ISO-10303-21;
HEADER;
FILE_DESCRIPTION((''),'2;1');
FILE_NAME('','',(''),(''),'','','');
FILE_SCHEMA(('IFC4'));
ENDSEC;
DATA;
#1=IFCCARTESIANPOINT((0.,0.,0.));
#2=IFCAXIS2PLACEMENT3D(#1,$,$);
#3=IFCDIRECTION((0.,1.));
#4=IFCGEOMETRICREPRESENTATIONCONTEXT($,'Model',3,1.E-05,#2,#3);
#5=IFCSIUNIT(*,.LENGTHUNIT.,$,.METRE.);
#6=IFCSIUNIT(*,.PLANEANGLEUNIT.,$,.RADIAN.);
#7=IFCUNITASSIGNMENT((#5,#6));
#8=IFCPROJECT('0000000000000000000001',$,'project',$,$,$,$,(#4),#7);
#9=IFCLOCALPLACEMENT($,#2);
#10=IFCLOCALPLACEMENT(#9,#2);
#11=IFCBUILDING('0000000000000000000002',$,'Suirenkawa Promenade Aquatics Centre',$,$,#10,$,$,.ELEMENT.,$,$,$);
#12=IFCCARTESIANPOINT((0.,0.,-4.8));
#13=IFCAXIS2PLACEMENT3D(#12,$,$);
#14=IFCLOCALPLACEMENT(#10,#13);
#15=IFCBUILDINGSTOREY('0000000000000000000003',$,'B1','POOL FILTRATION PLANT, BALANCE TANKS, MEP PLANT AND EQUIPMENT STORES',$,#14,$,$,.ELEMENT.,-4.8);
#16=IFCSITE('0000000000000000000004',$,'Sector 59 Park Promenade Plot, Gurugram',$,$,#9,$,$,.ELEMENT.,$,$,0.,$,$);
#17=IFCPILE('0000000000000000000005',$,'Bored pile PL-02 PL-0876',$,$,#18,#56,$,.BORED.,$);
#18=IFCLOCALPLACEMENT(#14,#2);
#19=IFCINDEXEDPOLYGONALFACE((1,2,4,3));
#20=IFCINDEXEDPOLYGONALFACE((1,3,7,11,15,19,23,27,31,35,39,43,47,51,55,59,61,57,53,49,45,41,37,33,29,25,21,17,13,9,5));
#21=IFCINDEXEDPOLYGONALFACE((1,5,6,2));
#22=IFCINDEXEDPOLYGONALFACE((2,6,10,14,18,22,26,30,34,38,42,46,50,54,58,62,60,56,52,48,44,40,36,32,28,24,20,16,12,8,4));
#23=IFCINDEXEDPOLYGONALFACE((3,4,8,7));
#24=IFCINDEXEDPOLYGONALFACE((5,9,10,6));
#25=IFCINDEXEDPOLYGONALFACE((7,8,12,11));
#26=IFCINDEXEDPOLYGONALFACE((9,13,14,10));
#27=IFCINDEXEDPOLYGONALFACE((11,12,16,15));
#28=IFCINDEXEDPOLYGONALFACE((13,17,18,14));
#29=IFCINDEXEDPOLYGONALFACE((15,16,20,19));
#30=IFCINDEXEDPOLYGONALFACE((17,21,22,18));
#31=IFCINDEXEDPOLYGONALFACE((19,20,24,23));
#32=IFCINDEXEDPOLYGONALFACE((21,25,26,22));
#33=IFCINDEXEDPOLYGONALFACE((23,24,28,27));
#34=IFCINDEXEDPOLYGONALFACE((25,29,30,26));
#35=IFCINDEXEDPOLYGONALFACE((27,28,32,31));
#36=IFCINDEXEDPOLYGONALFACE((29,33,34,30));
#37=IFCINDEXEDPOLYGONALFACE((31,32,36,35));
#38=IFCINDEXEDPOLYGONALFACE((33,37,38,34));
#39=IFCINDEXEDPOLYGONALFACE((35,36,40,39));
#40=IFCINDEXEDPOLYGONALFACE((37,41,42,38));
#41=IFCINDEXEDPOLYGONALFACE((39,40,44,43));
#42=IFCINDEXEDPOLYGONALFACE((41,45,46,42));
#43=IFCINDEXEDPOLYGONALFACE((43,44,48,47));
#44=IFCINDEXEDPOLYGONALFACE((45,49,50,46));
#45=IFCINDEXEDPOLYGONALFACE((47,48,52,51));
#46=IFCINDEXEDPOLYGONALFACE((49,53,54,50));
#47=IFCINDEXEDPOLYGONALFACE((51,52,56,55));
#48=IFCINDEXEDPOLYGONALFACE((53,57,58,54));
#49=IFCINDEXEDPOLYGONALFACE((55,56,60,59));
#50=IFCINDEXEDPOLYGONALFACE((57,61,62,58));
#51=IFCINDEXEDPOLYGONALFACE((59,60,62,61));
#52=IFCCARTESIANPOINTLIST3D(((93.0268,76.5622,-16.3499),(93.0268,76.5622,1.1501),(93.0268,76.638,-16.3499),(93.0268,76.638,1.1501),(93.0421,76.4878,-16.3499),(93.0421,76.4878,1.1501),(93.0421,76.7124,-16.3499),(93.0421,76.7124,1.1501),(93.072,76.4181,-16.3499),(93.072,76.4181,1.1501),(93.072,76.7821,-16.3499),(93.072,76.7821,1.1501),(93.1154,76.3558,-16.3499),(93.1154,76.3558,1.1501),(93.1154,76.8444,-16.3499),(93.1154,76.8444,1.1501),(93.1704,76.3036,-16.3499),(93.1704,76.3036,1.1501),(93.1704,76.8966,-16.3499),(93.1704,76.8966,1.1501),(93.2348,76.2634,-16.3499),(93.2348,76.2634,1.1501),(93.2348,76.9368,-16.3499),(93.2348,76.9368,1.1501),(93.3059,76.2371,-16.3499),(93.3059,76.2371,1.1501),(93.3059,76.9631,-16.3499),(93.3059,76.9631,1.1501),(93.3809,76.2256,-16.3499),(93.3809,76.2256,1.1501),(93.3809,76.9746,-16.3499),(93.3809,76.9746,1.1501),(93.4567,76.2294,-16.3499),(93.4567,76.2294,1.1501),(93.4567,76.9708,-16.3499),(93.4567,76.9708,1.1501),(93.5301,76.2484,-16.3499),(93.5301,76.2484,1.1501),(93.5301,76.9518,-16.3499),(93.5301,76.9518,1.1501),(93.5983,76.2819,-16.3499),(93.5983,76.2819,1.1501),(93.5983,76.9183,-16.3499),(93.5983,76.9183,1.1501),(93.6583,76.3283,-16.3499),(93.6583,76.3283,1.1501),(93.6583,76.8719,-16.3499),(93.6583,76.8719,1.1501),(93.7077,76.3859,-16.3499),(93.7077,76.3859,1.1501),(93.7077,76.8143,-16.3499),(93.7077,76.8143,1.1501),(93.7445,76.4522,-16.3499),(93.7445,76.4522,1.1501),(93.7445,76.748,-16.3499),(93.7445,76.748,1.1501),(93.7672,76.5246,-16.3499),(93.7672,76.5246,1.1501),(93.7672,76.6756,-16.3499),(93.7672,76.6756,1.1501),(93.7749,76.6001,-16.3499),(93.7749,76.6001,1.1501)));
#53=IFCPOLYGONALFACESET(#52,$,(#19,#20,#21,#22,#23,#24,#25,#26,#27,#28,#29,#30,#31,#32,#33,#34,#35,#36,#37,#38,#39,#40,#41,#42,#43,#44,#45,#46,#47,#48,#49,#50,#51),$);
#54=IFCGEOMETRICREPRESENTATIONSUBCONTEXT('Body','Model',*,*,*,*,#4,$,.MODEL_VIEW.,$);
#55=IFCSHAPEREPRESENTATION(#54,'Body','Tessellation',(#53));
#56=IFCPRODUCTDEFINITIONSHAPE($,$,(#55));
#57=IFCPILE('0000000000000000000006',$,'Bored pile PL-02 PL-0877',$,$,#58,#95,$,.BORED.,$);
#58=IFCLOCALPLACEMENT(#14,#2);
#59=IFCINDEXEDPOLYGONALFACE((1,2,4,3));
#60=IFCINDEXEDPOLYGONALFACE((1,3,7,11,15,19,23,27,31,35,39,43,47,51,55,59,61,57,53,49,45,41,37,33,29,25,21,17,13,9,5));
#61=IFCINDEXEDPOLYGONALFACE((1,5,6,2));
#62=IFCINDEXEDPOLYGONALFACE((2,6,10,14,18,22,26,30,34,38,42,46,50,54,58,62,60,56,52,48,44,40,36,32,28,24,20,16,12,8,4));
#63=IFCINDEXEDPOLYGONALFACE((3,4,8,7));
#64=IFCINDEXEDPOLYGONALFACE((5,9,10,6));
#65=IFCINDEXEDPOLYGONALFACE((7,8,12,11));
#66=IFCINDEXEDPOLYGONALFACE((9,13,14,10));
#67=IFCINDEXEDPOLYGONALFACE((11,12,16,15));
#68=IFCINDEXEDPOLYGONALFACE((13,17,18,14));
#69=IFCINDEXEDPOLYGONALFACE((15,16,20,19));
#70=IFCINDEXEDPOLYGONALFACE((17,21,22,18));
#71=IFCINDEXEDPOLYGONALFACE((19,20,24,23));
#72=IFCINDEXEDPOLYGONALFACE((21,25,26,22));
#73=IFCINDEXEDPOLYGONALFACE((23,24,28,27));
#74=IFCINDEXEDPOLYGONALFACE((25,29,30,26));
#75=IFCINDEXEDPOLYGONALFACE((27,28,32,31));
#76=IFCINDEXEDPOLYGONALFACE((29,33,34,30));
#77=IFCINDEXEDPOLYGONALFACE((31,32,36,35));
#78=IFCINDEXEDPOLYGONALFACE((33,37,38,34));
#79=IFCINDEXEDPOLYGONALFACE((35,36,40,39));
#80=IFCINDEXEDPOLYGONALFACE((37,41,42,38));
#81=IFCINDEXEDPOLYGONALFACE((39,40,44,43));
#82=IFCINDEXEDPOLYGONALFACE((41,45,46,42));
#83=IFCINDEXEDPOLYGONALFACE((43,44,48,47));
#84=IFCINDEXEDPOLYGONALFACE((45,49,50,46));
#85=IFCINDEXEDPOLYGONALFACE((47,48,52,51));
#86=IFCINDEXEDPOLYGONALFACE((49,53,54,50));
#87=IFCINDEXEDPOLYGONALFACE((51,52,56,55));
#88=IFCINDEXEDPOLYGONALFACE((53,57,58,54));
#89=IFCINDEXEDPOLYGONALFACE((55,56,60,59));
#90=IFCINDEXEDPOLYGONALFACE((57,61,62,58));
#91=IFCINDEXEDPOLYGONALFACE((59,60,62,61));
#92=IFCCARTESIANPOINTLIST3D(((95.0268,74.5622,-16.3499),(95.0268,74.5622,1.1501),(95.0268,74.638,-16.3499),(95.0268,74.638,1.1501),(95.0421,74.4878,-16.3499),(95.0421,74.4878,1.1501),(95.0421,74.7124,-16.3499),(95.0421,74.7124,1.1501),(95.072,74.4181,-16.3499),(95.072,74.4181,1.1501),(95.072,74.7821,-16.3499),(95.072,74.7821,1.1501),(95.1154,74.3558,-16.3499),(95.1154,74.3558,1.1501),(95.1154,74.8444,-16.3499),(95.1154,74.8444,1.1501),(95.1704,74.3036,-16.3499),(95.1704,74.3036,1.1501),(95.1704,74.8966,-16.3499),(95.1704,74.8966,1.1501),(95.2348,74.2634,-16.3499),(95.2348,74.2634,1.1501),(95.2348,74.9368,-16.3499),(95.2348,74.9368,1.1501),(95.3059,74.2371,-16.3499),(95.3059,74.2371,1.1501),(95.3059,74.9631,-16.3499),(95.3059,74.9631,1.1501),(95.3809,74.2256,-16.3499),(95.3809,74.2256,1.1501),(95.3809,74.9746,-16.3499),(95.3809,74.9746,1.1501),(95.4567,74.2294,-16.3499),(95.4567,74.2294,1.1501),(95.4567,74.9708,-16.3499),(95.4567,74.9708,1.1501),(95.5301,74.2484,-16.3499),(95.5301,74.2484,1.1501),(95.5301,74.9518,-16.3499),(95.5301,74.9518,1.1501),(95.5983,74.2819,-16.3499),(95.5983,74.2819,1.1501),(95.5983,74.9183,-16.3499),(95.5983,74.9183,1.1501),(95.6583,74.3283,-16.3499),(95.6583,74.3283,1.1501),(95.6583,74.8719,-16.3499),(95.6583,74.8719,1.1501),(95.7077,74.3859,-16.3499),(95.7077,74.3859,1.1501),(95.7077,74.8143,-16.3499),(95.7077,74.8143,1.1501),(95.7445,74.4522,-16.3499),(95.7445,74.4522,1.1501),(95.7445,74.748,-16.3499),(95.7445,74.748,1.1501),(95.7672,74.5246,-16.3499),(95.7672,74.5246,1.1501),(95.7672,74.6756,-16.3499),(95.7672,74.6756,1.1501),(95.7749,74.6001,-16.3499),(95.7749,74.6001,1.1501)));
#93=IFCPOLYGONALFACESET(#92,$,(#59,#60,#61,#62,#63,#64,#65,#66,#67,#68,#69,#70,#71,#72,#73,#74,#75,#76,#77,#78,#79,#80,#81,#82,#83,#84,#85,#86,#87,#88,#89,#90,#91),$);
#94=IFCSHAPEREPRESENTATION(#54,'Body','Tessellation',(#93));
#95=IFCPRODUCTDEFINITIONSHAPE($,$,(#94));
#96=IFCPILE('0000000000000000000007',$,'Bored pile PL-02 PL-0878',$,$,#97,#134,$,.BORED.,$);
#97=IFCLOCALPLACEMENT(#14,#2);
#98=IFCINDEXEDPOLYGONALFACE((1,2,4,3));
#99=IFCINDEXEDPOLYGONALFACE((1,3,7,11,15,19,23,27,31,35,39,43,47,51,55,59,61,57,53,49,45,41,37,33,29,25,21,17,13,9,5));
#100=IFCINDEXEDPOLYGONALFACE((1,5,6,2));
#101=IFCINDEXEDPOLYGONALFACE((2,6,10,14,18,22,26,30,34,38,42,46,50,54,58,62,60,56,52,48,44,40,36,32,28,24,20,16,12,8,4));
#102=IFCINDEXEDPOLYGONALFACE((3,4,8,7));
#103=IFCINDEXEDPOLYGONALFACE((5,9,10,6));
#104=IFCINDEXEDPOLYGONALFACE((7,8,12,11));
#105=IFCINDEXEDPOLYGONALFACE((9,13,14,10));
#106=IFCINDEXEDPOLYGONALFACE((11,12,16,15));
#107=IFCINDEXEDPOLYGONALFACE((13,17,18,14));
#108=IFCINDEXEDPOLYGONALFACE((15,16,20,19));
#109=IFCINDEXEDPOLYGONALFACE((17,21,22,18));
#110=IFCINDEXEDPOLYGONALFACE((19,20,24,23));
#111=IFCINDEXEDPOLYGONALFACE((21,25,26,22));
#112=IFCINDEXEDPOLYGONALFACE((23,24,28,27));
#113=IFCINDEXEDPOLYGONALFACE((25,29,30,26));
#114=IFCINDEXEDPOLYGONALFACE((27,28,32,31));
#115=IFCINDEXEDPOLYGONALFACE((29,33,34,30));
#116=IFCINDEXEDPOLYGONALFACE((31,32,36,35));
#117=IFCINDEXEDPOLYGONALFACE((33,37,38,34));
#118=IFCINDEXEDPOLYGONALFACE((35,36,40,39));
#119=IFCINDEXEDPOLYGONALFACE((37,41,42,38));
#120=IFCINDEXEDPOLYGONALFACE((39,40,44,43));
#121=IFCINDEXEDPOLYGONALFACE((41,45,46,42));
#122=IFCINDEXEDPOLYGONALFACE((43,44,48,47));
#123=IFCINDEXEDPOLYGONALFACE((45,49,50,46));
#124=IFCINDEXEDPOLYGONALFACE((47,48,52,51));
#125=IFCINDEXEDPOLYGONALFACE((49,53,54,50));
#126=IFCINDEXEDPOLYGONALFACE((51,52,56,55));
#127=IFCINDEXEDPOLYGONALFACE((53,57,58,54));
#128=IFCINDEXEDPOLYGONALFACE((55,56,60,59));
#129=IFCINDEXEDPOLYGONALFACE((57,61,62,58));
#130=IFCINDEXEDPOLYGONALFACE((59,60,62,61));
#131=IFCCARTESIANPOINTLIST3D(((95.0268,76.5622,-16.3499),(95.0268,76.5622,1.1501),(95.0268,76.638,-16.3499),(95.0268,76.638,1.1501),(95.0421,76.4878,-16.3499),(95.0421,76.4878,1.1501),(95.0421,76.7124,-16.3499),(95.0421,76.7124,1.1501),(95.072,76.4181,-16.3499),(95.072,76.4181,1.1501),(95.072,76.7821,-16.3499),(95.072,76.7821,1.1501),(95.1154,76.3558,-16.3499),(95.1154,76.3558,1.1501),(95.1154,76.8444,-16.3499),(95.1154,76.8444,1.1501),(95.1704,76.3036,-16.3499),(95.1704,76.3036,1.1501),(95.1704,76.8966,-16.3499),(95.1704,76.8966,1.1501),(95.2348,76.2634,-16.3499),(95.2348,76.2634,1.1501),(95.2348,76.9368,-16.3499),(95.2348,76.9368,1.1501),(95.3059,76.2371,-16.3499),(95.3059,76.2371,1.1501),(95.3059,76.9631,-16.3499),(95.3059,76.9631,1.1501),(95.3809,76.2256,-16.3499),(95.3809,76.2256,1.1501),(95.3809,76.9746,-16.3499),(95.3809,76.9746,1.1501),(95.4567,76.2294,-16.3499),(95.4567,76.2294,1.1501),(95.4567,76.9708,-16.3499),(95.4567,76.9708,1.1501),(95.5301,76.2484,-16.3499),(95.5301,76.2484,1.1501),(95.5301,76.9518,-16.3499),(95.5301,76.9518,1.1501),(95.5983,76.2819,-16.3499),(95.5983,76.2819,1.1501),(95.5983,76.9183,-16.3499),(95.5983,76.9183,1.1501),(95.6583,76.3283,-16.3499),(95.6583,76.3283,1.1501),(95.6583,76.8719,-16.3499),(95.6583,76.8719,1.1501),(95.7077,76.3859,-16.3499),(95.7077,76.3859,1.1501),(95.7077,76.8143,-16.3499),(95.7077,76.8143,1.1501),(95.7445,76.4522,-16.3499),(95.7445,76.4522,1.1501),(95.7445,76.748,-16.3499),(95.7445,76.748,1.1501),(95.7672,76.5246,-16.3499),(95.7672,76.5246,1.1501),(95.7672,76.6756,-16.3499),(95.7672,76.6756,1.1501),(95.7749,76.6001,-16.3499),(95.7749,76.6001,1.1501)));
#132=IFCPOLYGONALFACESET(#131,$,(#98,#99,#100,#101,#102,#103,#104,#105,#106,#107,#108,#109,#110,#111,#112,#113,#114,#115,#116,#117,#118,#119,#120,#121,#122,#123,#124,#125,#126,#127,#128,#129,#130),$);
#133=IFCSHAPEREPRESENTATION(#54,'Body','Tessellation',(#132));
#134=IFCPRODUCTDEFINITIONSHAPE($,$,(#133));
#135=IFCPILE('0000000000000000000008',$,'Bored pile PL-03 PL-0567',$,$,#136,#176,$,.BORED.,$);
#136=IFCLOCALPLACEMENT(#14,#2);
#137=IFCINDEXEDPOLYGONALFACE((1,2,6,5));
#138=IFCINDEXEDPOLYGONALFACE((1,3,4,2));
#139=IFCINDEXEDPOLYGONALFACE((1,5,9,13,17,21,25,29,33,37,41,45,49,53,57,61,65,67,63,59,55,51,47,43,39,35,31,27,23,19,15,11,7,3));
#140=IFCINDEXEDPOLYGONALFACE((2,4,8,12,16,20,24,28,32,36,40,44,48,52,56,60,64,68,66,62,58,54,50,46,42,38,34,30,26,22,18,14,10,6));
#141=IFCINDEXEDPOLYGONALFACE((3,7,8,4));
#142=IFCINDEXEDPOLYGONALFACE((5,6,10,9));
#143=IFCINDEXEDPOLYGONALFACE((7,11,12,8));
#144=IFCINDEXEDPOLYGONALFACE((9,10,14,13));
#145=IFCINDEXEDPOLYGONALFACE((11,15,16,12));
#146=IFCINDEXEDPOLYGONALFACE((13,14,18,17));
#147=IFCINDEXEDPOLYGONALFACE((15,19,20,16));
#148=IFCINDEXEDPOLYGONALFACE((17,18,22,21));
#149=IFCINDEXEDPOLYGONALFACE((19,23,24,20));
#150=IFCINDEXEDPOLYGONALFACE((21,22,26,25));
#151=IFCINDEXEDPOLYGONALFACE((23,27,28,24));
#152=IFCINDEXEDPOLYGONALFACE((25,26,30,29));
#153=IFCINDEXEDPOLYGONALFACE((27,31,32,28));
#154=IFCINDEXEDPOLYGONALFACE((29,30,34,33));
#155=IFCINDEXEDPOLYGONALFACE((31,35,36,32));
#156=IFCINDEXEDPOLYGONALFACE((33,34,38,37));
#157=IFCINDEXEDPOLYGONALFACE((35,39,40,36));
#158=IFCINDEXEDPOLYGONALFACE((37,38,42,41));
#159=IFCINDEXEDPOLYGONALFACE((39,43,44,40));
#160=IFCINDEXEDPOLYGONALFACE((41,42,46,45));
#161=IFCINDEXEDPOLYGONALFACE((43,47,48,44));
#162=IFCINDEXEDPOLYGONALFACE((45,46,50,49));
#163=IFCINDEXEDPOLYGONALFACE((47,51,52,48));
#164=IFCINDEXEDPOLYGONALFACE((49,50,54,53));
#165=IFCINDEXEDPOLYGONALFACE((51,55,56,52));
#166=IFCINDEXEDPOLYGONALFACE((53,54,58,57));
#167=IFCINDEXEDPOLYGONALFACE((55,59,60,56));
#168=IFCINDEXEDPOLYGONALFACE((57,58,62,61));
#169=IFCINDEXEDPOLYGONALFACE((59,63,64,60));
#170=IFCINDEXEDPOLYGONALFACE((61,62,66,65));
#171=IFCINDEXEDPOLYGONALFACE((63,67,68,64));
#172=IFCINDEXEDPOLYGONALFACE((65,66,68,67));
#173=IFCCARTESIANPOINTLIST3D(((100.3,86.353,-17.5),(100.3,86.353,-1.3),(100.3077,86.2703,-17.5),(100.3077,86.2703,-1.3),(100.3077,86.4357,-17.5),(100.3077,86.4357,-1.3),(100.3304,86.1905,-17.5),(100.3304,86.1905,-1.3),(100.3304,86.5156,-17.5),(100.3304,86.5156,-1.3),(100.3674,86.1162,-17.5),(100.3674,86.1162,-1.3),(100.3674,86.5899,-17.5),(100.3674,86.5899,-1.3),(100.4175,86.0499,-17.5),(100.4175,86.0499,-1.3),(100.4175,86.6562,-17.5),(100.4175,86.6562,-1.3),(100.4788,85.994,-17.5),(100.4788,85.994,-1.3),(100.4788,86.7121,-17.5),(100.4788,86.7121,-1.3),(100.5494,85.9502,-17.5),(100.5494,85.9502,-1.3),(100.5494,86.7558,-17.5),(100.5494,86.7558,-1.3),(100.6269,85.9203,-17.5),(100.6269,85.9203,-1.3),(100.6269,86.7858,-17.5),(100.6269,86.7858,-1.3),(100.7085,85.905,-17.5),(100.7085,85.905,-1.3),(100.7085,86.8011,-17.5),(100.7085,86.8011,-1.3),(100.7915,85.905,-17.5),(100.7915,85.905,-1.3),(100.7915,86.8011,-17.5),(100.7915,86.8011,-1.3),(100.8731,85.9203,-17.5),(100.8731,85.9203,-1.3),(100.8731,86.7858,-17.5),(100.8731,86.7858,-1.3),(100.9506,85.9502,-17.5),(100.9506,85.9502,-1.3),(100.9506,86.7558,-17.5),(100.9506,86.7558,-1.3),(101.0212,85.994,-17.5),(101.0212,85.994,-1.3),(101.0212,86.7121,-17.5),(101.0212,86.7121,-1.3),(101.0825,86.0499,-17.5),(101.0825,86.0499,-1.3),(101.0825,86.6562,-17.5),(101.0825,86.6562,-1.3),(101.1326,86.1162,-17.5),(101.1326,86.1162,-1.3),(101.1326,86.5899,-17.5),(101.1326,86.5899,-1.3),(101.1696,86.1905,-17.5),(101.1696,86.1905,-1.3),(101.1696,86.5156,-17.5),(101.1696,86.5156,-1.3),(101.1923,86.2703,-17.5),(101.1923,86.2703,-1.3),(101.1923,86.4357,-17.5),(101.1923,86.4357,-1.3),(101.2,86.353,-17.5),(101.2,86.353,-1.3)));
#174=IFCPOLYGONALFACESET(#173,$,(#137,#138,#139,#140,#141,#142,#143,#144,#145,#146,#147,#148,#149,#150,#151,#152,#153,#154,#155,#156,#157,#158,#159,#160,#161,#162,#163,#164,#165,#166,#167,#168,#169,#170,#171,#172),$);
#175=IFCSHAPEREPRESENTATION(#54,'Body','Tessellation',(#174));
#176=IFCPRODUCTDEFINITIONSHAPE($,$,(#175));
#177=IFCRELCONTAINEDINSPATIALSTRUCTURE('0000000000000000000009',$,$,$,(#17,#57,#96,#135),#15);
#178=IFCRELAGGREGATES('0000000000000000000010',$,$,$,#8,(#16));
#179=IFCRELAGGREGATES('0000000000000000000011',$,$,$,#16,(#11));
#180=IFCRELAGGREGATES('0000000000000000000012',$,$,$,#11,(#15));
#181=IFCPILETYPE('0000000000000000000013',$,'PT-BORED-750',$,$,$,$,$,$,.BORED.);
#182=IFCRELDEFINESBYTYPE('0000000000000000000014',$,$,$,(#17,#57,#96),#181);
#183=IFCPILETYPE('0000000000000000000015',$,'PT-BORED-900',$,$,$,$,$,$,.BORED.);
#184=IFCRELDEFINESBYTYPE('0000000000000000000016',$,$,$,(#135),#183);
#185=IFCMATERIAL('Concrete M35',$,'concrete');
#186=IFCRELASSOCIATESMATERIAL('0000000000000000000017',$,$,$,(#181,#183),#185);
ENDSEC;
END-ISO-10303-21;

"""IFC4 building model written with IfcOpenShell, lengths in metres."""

from ifc_helpers import new_model, si_unit, direction, frame, origin, origin_2d, place, context, subcontext, project, spatial, circle, extrude, material, material_profile, profile_set, type_object, element, save


model = new_model("IFC4")

# Units and contexts
model_context = context("Model", 3, precision=1e-05, world=origin(), true_north=direction((0.0, 1.0)))
body_context = subcontext(model_context, "Body", "Model", "MODEL_VIEW")
ifc_project = project(units=[si_unit("LENGTHUNIT", "METRE"), si_unit("PLANEANGLEUNIT", "RADIAN")], contexts=[model_context])

# Site, building, storey
site_placement = place(None, origin())
site = spatial("IfcSite", under=ifc_project, at=site_placement, Name="Sector 59 Park Promenade Plot, Gurugram", CompositionType="ELEMENT", RefElevation=0.0)
building_placement = place(site_placement, origin())
building = spatial("IfcBuilding", under=site, at=building_placement, Name="Suirenkawa Promenade Aquatics Centre", CompositionType="ELEMENT")
storey_placement = place(building_placement, frame((0.0, 0.0, -4.8)))
storey = spatial("IfcBuildingStorey", under=building, at=storey_placement, Name="B1", Description="POOL FILTRATION PLANT, BALANCE TANKS, MEP PLANT AND EQUIPMENT STORES", CompositionType="ELEMENT", Elevation=-4.8)

# Shared definitions
ifc_material_1 = material(Name="Concrete M35", Category="concrete")

# Piles
ifc_material_profile_1 = material_profile(ifc_material_1, circle(Radius=0.375, at=origin_2d()), Name="PILE D750", Category="concrete")
ifc_profile_set_1 = profile_set([ifc_material_profile_1], Name="Concrete M35")
pile_type_1 = type_object("IfcPileType", Name="PT-BORED-750", PredefinedType="BORED", material=ifc_profile_set_1)
for number, where, z_axis, x_axis, name in (
    (1, (93.3999, 76.6001, 1.1501), (0.0, 0.0, -1.0), (1.0, 0.0, 0.0), "Bored pile PL-02 PL-0876"),
    (2, (95.3999, 74.6001, 1.1501), (0.0, 0.0, -1.0), (1.0, 0.0, 0.0), "Bored pile PL-02 PL-0877"),
    (3, (95.3999, 76.6001, 1.1501), (0.0, 0.0, -1.0), (1.0, 0.0, 0.0), "Bored pile PL-02 PL-0878"),
):
    element("IfcPile", number, at=place(storey_placement, frame(where, z_axis=z_axis, x_axis=x_axis)), inside=storey, type_object=pile_type_1, Name=name, PredefinedType="BORED", context=body_context, shape_type="SweptSolid", body=[
        extrude(circle(Radius=0.375, at=origin_2d()), origin(), (0.0, 0.0, 1.0), 17.5),
    ])
ifc_material_profile_2 = material_profile(ifc_material_1, circle(Radius=0.45, at=origin_2d()), Name="PILE D900", Category="concrete")
ifc_profile_set_2 = profile_set([ifc_material_profile_2], Name="Concrete M35")
pile_type_2 = type_object("IfcPileType", Name="PT-BORED-900", PredefinedType="BORED", material=ifc_profile_set_2)
for number, where, z_axis, x_axis, name in (
    (4, (100.75, 86.353, -1.3), (0.0, 0.0, -1.0), (1.0, 0.0, 0.0), "Bored pile PL-03 PL-0567"),
):
    element("IfcPile", number, at=place(storey_placement, frame(where, z_axis=z_axis, x_axis=x_axis)), inside=storey, type_object=pile_type_2, Name=name, PredefinedType="BORED", context=body_context, shape_type="SweptSolid", body=[
        extrude(circle(Radius=0.45, at=origin_2d()), origin(), (0.0, 0.0, 1.0), 16.2),
    ])

save(model, "model.ifc")
